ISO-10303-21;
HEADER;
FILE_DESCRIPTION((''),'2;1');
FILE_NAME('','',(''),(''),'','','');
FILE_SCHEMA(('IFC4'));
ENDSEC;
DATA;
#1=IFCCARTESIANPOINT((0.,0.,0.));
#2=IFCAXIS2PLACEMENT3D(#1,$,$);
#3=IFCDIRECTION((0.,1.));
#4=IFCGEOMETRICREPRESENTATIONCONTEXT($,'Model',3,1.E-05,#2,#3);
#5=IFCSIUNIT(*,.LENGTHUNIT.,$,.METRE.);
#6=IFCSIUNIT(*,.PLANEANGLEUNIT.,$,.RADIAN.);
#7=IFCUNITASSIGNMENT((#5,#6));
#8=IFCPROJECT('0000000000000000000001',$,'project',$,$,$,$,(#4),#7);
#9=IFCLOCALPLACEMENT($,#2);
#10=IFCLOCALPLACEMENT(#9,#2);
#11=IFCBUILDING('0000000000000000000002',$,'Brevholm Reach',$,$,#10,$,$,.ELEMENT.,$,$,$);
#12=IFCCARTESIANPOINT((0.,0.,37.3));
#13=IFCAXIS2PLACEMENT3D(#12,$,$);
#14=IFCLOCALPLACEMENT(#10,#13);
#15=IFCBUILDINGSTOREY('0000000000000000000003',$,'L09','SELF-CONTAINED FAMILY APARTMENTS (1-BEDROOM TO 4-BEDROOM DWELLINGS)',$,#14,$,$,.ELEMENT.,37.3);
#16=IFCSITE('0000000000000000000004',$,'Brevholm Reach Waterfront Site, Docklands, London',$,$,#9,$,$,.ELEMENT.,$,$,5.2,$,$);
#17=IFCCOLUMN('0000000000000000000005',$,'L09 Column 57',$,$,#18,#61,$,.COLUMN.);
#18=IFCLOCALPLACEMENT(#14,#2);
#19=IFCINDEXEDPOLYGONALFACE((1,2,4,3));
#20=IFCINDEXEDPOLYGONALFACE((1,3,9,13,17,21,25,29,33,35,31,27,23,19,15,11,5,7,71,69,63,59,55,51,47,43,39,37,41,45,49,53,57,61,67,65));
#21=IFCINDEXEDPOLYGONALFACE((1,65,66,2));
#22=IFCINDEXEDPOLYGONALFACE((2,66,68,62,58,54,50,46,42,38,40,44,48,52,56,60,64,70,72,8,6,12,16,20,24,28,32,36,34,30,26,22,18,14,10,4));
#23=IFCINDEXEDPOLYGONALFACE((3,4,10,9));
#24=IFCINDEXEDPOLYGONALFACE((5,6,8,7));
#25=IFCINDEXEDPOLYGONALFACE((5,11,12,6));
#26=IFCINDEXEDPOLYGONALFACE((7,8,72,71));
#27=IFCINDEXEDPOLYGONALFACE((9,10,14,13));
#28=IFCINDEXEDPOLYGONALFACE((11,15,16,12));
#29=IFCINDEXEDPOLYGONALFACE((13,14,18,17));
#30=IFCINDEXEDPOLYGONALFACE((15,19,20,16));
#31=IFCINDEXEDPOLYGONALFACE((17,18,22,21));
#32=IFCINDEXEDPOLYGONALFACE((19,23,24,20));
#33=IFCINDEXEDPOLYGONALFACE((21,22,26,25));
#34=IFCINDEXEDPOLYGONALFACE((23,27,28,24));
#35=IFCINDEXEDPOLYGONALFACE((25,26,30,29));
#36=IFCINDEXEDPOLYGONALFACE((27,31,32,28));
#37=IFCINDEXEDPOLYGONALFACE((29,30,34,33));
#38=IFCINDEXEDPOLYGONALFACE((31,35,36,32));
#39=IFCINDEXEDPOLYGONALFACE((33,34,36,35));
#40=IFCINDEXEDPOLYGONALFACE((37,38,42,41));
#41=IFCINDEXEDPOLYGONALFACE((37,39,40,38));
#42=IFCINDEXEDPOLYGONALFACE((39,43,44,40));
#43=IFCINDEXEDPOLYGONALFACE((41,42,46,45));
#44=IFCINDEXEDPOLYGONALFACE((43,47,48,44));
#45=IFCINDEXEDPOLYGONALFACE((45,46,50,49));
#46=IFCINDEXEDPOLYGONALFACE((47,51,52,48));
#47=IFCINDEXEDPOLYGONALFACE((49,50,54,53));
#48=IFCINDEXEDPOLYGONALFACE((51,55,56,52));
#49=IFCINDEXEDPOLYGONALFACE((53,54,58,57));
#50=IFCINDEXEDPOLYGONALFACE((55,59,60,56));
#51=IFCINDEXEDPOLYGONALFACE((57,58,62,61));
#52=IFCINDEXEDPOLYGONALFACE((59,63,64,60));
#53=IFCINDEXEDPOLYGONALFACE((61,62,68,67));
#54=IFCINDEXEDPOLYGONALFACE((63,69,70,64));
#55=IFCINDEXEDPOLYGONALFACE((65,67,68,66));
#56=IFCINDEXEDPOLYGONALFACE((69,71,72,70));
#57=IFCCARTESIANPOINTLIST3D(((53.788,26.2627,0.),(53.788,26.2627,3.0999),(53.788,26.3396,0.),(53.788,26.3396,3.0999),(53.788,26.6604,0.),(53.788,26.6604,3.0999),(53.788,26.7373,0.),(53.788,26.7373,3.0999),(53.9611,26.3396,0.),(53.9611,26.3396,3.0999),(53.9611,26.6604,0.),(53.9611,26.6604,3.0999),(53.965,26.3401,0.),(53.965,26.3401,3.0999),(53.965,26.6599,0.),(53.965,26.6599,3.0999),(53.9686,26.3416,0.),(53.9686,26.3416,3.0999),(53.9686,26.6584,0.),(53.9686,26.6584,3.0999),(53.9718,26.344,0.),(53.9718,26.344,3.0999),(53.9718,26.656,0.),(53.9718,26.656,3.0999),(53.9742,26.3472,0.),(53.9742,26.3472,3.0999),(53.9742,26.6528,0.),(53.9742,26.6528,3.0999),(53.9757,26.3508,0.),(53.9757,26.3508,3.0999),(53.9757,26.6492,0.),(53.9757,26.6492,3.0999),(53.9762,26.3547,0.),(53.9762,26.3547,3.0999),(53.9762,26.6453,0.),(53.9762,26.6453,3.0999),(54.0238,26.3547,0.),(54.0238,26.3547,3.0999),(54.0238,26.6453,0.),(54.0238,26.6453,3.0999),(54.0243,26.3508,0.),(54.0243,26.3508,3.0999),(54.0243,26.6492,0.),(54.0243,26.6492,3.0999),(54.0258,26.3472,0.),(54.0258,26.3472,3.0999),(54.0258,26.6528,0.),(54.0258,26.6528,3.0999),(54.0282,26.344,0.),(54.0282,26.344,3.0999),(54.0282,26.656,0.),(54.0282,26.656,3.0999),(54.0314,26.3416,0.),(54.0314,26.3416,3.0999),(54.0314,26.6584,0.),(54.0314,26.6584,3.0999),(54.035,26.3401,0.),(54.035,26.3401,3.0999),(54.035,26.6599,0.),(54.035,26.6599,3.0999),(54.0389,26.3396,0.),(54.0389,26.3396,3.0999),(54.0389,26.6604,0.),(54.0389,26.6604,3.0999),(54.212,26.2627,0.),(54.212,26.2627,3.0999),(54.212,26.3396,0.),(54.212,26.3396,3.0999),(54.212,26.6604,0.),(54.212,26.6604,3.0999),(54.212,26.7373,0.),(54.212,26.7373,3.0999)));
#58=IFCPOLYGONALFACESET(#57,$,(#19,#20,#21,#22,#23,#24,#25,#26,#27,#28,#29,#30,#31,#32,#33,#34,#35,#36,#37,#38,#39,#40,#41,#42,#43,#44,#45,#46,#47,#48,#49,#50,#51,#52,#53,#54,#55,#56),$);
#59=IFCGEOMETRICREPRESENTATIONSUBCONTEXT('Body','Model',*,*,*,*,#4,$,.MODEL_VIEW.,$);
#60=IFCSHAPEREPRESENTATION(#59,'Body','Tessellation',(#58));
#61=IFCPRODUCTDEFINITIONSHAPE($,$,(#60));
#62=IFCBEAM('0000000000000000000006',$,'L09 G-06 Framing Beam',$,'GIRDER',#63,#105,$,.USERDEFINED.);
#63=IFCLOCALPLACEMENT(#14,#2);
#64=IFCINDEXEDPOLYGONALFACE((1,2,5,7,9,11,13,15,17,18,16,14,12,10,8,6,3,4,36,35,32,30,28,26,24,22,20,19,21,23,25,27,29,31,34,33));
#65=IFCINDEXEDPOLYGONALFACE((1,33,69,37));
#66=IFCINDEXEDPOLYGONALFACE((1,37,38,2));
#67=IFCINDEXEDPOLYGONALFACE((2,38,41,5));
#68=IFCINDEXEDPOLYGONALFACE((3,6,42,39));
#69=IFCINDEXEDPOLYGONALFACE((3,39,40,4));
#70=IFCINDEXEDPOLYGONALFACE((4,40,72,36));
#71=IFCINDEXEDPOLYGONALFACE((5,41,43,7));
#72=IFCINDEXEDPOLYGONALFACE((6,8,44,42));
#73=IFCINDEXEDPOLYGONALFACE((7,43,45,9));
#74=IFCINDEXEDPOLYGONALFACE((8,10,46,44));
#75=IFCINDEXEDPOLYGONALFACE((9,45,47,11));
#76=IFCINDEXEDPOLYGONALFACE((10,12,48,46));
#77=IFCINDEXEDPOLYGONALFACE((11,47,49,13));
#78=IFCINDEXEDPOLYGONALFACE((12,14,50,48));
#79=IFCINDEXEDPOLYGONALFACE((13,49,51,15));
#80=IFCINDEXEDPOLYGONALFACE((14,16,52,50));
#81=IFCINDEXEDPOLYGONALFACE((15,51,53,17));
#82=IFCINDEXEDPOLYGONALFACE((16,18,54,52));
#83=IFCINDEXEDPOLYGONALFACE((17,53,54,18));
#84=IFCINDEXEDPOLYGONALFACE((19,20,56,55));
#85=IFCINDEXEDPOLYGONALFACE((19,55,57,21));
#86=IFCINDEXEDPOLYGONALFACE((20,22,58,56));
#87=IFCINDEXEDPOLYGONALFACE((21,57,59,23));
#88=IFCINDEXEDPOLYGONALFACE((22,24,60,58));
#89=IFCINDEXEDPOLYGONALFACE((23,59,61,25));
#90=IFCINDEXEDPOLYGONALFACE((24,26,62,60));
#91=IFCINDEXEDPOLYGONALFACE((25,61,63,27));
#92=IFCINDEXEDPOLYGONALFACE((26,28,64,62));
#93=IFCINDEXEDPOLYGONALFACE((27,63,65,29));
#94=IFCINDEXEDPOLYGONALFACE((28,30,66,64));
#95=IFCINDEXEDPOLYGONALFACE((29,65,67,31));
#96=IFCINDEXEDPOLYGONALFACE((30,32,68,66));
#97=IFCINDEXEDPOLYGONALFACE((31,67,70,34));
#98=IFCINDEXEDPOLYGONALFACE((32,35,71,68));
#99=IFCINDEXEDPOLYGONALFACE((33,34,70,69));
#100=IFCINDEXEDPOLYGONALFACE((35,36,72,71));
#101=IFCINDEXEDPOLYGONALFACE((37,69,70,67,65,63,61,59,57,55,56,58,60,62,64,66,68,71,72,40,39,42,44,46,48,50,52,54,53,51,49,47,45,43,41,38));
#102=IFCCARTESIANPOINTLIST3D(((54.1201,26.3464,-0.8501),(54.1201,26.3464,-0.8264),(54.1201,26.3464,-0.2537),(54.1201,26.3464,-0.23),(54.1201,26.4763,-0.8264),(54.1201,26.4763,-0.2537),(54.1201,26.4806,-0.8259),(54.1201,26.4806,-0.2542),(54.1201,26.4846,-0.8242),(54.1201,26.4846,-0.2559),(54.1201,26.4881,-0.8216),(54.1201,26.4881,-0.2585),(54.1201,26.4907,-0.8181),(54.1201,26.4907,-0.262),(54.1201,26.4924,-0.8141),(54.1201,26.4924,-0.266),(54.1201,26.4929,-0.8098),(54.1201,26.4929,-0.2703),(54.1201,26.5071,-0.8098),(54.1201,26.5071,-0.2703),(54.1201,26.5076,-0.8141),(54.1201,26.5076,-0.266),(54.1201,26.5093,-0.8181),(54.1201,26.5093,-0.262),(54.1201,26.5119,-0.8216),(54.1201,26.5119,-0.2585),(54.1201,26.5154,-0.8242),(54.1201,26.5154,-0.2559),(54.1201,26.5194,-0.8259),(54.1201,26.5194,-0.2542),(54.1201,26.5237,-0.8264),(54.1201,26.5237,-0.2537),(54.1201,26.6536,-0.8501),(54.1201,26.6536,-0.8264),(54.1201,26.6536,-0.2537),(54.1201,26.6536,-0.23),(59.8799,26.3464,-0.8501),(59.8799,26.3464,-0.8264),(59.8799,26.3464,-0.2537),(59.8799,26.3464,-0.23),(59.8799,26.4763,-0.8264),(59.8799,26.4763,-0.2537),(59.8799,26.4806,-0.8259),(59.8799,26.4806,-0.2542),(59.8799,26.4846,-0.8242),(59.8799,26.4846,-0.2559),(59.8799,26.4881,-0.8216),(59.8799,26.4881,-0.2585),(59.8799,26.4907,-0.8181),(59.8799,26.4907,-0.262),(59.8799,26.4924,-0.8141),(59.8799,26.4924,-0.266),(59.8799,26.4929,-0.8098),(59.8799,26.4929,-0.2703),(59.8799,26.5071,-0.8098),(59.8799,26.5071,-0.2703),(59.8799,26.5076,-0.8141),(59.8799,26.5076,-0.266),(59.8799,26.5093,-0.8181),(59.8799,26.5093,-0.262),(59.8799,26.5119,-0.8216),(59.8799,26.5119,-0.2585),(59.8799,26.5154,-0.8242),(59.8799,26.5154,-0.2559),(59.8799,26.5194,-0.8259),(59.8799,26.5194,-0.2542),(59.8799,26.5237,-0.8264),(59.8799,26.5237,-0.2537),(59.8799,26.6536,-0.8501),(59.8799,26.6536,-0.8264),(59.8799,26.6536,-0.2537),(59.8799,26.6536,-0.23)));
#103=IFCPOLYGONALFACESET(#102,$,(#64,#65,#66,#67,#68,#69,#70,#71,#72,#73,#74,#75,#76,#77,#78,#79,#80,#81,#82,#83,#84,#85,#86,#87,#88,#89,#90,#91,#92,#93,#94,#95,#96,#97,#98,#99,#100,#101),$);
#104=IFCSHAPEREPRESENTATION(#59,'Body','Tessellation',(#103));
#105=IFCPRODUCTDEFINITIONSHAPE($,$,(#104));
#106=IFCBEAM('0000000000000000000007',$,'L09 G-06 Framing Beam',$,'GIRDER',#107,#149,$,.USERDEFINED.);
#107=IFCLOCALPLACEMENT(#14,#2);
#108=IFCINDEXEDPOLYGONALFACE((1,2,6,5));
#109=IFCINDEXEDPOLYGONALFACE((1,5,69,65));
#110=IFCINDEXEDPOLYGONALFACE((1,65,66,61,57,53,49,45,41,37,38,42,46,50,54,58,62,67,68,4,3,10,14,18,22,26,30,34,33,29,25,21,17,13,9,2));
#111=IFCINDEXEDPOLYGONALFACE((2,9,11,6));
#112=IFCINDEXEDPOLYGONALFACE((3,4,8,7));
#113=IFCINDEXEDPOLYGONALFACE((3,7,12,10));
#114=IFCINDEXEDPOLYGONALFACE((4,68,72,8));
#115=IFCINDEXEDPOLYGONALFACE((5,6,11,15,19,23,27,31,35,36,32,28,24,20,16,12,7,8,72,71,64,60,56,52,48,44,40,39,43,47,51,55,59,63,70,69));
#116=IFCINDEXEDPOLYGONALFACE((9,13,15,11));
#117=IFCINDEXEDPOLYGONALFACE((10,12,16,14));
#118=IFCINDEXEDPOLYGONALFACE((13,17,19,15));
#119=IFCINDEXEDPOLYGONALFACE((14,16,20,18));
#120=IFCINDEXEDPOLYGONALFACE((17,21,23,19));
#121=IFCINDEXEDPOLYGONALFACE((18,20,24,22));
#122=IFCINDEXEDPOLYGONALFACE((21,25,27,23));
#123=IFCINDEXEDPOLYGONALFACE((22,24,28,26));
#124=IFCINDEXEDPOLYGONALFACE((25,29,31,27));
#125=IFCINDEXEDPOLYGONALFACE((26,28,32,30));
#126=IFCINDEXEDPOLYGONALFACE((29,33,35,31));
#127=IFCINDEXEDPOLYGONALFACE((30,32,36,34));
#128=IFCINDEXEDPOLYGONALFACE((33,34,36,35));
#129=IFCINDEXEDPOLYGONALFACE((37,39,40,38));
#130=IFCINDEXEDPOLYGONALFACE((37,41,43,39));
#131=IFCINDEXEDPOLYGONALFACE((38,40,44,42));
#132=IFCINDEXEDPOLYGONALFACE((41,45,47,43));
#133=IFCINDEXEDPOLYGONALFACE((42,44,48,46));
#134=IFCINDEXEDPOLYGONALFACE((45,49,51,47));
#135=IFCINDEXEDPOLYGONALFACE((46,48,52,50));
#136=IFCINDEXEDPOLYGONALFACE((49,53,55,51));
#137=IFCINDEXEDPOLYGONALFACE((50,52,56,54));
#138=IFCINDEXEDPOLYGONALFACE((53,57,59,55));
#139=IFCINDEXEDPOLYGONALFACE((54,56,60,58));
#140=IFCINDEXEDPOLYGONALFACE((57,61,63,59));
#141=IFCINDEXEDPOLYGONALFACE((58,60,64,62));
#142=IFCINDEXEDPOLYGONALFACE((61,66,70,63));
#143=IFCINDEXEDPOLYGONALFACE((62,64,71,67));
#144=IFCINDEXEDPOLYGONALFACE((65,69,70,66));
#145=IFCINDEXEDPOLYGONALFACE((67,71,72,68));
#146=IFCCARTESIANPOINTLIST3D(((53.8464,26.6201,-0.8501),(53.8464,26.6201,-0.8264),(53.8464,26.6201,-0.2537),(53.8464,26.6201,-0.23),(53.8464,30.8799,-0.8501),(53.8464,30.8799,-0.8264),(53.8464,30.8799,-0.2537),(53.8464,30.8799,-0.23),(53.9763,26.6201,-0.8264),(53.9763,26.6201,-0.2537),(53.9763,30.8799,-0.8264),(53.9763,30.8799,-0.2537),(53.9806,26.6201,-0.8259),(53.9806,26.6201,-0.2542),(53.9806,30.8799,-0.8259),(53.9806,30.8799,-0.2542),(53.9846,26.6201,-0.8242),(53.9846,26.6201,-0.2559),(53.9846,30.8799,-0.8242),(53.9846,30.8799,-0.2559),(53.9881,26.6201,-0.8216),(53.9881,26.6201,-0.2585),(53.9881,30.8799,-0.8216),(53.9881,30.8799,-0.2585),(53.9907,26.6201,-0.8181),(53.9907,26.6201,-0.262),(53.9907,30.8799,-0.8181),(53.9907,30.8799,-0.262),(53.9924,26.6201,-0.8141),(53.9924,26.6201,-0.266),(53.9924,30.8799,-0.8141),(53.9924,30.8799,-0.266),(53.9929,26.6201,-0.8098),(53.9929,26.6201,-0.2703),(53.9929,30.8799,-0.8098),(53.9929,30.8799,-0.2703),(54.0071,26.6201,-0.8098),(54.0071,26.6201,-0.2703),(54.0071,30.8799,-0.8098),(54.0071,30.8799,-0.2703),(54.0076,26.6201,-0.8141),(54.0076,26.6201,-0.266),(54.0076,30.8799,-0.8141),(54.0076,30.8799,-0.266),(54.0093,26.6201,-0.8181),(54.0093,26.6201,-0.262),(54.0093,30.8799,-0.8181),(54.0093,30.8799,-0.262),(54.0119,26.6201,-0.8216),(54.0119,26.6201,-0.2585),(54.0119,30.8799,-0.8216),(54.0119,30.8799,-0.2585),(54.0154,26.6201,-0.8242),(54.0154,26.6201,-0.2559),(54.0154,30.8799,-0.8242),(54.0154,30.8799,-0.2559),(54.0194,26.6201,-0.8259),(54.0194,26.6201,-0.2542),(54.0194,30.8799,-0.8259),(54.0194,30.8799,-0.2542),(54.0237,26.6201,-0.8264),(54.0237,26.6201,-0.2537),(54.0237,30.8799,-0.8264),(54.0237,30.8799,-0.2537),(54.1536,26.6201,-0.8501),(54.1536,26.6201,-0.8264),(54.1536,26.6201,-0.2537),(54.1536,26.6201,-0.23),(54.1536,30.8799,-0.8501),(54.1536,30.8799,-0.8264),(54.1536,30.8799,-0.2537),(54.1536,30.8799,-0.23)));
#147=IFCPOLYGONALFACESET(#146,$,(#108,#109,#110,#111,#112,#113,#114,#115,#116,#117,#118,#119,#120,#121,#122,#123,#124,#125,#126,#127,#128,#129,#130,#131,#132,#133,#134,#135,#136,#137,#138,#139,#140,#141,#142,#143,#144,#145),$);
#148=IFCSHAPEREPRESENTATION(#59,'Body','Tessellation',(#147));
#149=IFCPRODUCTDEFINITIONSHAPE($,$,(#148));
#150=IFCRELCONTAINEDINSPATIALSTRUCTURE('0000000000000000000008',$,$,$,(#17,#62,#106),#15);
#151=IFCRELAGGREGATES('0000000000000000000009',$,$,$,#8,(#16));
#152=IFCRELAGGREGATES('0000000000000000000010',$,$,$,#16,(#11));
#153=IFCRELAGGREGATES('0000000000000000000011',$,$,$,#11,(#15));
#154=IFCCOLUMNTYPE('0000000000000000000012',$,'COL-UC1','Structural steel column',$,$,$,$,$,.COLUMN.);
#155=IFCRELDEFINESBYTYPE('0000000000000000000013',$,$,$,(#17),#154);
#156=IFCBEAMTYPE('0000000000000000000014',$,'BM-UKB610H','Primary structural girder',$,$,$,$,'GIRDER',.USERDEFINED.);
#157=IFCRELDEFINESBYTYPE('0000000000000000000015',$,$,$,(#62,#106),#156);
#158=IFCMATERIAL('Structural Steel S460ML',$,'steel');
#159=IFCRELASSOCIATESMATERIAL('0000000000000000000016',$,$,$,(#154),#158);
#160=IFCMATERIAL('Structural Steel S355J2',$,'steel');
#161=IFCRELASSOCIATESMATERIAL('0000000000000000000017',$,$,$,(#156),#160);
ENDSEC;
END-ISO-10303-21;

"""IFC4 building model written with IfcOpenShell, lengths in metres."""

from ifc_helpers import new_model, si_unit, direction, frame, origin, origin_2d, place, context, subcontext, project, spatial, i_section, extrude, material, material_profile, profile_set, type_object, element, save


model = new_model("IFC4")

# Units and contexts
model_context = context("Model", 3, precision=1e-05, world=origin(), true_north=direction((0.0, 1.0)))
body_context = subcontext(model_context, "Body", "Model", "MODEL_VIEW")
ifc_project = project(units=[si_unit("LENGTHUNIT", "METRE"), si_unit("PLANEANGLEUNIT", "RADIAN")], contexts=[model_context])

# Site, building, storey
site_placement = place(None, origin())
site = spatial("IfcSite", under=ifc_project, at=site_placement, Name="Brevholm Reach Waterfront Site, Docklands, London", CompositionType="ELEMENT", RefElevation=5.2)
building_placement = place(site_placement, origin())
building = spatial("IfcBuilding", under=site, at=building_placement, Name="Brevholm Reach", CompositionType="ELEMENT")
storey_placement = place(building_placement, frame((0.0, 0.0, 37.3)))
storey = spatial("IfcBuildingStorey", under=building, at=storey_placement, Name="L09", Description="SELF-CONTAINED FAMILY APARTMENTS (1-BEDROOM TO 4-BEDROOM DWELLINGS)", CompositionType="ELEMENT", Elevation=37.3)

# Column
ifc_material_1 = material(Name="Structural Steel S460ML", Category="steel")
ifc_material_profile_1 = material_profile(ifc_material_1, i_section(OverallWidth=0.4241, OverallDepth=0.4746, WebThickness=0.0476, FlangeThickness=0.0769, FilletRadius=0.0151, at=origin_2d()), Name="UKC 356x406x634")
ifc_profile_set_1 = profile_set([ifc_material_profile_1], Name="Structural Steel S460ML")
column_type_1 = type_object("IfcColumnType", Name="COL-UC1", Description="Structural steel column", PredefinedType="COLUMN", material=ifc_profile_set_1)
column_1_placement = place(storey_placement, frame((54.0, 26.5, 0.0), z_axis=(0.0, 0.0, 1.0), x_axis=(1.0, 0.0, 0.0)))
element("IfcColumn", 1, at=column_1_placement, inside=storey, type_object=column_type_1, Name="L09 Column 57", PredefinedType="COLUMN", context=body_context, shape_type="SweptSolid", body=[
    extrude(i_section(OverallWidth=0.4241, OverallDepth=0.4746, WebThickness=0.0476, FlangeThickness=0.0769, FilletRadius=0.0151, at=origin_2d()), origin(), (0.0, 0.0, 1.0), 3.0999),
])

# Beams
ifc_material_2 = material(Name="Structural Steel S355J2", Category="steel")
ifc_material_profile_2 = material_profile(ifc_material_2, i_section(OverallWidth=0.3071, OverallDepth=0.6201, WebThickness=0.0142, FlangeThickness=0.0237, FilletRadius=0.0166, at=origin_2d()), Name="UKB 610x305x179")
ifc_profile_set_2 = profile_set([ifc_material_profile_2], Name="Structural Steel S355J2")
beam_type = type_object("IfcBeamType", Name="BM-UKB610H", Description="Primary structural girder", ElementType="GIRDER", PredefinedType="USERDEFINED", material=ifc_profile_set_2)
beam_1_placement = place(storey_placement, frame((54.1201, 26.5, -0.54), z_axis=(1.0, 0.0, 0.0), x_axis=(0.0, 1.0, 0.0)))
element("IfcBeam", 2, at=beam_1_placement, inside=storey, type_object=beam_type, Name="L09 G-06 Framing Beam", ObjectType="GIRDER", PredefinedType="USERDEFINED", context=body_context, shape_type="SweptSolid", body=[
    extrude(i_section(OverallWidth=0.3071, OverallDepth=0.6201, WebThickness=0.0142, FlangeThickness=0.0237, FilletRadius=0.0166, at=origin_2d()), origin(), (0.0, 0.0, 1.0), 5.7598),
])
beam_2_placement = place(storey_placement, frame((54.0, 26.6201, -0.54), z_axis=(0.0, 1.0, 0.0), x_axis=(-1.0, 0.0, 0.0)))
element("IfcBeam", 3, at=beam_2_placement, inside=storey, type_object=beam_type, Name="L09 G-06 Framing Beam", ObjectType="GIRDER", PredefinedType="USERDEFINED", context=body_context, shape_type="SweptSolid", body=[
    extrude(i_section(OverallWidth=0.3071, OverallDepth=0.6201, WebThickness=0.0142, FlangeThickness=0.0237, FilletRadius=0.0166, at=origin_2d()), origin(), (0.0, 0.0, 1.0), 4.2598),
])

save(model, "model.ifc")
